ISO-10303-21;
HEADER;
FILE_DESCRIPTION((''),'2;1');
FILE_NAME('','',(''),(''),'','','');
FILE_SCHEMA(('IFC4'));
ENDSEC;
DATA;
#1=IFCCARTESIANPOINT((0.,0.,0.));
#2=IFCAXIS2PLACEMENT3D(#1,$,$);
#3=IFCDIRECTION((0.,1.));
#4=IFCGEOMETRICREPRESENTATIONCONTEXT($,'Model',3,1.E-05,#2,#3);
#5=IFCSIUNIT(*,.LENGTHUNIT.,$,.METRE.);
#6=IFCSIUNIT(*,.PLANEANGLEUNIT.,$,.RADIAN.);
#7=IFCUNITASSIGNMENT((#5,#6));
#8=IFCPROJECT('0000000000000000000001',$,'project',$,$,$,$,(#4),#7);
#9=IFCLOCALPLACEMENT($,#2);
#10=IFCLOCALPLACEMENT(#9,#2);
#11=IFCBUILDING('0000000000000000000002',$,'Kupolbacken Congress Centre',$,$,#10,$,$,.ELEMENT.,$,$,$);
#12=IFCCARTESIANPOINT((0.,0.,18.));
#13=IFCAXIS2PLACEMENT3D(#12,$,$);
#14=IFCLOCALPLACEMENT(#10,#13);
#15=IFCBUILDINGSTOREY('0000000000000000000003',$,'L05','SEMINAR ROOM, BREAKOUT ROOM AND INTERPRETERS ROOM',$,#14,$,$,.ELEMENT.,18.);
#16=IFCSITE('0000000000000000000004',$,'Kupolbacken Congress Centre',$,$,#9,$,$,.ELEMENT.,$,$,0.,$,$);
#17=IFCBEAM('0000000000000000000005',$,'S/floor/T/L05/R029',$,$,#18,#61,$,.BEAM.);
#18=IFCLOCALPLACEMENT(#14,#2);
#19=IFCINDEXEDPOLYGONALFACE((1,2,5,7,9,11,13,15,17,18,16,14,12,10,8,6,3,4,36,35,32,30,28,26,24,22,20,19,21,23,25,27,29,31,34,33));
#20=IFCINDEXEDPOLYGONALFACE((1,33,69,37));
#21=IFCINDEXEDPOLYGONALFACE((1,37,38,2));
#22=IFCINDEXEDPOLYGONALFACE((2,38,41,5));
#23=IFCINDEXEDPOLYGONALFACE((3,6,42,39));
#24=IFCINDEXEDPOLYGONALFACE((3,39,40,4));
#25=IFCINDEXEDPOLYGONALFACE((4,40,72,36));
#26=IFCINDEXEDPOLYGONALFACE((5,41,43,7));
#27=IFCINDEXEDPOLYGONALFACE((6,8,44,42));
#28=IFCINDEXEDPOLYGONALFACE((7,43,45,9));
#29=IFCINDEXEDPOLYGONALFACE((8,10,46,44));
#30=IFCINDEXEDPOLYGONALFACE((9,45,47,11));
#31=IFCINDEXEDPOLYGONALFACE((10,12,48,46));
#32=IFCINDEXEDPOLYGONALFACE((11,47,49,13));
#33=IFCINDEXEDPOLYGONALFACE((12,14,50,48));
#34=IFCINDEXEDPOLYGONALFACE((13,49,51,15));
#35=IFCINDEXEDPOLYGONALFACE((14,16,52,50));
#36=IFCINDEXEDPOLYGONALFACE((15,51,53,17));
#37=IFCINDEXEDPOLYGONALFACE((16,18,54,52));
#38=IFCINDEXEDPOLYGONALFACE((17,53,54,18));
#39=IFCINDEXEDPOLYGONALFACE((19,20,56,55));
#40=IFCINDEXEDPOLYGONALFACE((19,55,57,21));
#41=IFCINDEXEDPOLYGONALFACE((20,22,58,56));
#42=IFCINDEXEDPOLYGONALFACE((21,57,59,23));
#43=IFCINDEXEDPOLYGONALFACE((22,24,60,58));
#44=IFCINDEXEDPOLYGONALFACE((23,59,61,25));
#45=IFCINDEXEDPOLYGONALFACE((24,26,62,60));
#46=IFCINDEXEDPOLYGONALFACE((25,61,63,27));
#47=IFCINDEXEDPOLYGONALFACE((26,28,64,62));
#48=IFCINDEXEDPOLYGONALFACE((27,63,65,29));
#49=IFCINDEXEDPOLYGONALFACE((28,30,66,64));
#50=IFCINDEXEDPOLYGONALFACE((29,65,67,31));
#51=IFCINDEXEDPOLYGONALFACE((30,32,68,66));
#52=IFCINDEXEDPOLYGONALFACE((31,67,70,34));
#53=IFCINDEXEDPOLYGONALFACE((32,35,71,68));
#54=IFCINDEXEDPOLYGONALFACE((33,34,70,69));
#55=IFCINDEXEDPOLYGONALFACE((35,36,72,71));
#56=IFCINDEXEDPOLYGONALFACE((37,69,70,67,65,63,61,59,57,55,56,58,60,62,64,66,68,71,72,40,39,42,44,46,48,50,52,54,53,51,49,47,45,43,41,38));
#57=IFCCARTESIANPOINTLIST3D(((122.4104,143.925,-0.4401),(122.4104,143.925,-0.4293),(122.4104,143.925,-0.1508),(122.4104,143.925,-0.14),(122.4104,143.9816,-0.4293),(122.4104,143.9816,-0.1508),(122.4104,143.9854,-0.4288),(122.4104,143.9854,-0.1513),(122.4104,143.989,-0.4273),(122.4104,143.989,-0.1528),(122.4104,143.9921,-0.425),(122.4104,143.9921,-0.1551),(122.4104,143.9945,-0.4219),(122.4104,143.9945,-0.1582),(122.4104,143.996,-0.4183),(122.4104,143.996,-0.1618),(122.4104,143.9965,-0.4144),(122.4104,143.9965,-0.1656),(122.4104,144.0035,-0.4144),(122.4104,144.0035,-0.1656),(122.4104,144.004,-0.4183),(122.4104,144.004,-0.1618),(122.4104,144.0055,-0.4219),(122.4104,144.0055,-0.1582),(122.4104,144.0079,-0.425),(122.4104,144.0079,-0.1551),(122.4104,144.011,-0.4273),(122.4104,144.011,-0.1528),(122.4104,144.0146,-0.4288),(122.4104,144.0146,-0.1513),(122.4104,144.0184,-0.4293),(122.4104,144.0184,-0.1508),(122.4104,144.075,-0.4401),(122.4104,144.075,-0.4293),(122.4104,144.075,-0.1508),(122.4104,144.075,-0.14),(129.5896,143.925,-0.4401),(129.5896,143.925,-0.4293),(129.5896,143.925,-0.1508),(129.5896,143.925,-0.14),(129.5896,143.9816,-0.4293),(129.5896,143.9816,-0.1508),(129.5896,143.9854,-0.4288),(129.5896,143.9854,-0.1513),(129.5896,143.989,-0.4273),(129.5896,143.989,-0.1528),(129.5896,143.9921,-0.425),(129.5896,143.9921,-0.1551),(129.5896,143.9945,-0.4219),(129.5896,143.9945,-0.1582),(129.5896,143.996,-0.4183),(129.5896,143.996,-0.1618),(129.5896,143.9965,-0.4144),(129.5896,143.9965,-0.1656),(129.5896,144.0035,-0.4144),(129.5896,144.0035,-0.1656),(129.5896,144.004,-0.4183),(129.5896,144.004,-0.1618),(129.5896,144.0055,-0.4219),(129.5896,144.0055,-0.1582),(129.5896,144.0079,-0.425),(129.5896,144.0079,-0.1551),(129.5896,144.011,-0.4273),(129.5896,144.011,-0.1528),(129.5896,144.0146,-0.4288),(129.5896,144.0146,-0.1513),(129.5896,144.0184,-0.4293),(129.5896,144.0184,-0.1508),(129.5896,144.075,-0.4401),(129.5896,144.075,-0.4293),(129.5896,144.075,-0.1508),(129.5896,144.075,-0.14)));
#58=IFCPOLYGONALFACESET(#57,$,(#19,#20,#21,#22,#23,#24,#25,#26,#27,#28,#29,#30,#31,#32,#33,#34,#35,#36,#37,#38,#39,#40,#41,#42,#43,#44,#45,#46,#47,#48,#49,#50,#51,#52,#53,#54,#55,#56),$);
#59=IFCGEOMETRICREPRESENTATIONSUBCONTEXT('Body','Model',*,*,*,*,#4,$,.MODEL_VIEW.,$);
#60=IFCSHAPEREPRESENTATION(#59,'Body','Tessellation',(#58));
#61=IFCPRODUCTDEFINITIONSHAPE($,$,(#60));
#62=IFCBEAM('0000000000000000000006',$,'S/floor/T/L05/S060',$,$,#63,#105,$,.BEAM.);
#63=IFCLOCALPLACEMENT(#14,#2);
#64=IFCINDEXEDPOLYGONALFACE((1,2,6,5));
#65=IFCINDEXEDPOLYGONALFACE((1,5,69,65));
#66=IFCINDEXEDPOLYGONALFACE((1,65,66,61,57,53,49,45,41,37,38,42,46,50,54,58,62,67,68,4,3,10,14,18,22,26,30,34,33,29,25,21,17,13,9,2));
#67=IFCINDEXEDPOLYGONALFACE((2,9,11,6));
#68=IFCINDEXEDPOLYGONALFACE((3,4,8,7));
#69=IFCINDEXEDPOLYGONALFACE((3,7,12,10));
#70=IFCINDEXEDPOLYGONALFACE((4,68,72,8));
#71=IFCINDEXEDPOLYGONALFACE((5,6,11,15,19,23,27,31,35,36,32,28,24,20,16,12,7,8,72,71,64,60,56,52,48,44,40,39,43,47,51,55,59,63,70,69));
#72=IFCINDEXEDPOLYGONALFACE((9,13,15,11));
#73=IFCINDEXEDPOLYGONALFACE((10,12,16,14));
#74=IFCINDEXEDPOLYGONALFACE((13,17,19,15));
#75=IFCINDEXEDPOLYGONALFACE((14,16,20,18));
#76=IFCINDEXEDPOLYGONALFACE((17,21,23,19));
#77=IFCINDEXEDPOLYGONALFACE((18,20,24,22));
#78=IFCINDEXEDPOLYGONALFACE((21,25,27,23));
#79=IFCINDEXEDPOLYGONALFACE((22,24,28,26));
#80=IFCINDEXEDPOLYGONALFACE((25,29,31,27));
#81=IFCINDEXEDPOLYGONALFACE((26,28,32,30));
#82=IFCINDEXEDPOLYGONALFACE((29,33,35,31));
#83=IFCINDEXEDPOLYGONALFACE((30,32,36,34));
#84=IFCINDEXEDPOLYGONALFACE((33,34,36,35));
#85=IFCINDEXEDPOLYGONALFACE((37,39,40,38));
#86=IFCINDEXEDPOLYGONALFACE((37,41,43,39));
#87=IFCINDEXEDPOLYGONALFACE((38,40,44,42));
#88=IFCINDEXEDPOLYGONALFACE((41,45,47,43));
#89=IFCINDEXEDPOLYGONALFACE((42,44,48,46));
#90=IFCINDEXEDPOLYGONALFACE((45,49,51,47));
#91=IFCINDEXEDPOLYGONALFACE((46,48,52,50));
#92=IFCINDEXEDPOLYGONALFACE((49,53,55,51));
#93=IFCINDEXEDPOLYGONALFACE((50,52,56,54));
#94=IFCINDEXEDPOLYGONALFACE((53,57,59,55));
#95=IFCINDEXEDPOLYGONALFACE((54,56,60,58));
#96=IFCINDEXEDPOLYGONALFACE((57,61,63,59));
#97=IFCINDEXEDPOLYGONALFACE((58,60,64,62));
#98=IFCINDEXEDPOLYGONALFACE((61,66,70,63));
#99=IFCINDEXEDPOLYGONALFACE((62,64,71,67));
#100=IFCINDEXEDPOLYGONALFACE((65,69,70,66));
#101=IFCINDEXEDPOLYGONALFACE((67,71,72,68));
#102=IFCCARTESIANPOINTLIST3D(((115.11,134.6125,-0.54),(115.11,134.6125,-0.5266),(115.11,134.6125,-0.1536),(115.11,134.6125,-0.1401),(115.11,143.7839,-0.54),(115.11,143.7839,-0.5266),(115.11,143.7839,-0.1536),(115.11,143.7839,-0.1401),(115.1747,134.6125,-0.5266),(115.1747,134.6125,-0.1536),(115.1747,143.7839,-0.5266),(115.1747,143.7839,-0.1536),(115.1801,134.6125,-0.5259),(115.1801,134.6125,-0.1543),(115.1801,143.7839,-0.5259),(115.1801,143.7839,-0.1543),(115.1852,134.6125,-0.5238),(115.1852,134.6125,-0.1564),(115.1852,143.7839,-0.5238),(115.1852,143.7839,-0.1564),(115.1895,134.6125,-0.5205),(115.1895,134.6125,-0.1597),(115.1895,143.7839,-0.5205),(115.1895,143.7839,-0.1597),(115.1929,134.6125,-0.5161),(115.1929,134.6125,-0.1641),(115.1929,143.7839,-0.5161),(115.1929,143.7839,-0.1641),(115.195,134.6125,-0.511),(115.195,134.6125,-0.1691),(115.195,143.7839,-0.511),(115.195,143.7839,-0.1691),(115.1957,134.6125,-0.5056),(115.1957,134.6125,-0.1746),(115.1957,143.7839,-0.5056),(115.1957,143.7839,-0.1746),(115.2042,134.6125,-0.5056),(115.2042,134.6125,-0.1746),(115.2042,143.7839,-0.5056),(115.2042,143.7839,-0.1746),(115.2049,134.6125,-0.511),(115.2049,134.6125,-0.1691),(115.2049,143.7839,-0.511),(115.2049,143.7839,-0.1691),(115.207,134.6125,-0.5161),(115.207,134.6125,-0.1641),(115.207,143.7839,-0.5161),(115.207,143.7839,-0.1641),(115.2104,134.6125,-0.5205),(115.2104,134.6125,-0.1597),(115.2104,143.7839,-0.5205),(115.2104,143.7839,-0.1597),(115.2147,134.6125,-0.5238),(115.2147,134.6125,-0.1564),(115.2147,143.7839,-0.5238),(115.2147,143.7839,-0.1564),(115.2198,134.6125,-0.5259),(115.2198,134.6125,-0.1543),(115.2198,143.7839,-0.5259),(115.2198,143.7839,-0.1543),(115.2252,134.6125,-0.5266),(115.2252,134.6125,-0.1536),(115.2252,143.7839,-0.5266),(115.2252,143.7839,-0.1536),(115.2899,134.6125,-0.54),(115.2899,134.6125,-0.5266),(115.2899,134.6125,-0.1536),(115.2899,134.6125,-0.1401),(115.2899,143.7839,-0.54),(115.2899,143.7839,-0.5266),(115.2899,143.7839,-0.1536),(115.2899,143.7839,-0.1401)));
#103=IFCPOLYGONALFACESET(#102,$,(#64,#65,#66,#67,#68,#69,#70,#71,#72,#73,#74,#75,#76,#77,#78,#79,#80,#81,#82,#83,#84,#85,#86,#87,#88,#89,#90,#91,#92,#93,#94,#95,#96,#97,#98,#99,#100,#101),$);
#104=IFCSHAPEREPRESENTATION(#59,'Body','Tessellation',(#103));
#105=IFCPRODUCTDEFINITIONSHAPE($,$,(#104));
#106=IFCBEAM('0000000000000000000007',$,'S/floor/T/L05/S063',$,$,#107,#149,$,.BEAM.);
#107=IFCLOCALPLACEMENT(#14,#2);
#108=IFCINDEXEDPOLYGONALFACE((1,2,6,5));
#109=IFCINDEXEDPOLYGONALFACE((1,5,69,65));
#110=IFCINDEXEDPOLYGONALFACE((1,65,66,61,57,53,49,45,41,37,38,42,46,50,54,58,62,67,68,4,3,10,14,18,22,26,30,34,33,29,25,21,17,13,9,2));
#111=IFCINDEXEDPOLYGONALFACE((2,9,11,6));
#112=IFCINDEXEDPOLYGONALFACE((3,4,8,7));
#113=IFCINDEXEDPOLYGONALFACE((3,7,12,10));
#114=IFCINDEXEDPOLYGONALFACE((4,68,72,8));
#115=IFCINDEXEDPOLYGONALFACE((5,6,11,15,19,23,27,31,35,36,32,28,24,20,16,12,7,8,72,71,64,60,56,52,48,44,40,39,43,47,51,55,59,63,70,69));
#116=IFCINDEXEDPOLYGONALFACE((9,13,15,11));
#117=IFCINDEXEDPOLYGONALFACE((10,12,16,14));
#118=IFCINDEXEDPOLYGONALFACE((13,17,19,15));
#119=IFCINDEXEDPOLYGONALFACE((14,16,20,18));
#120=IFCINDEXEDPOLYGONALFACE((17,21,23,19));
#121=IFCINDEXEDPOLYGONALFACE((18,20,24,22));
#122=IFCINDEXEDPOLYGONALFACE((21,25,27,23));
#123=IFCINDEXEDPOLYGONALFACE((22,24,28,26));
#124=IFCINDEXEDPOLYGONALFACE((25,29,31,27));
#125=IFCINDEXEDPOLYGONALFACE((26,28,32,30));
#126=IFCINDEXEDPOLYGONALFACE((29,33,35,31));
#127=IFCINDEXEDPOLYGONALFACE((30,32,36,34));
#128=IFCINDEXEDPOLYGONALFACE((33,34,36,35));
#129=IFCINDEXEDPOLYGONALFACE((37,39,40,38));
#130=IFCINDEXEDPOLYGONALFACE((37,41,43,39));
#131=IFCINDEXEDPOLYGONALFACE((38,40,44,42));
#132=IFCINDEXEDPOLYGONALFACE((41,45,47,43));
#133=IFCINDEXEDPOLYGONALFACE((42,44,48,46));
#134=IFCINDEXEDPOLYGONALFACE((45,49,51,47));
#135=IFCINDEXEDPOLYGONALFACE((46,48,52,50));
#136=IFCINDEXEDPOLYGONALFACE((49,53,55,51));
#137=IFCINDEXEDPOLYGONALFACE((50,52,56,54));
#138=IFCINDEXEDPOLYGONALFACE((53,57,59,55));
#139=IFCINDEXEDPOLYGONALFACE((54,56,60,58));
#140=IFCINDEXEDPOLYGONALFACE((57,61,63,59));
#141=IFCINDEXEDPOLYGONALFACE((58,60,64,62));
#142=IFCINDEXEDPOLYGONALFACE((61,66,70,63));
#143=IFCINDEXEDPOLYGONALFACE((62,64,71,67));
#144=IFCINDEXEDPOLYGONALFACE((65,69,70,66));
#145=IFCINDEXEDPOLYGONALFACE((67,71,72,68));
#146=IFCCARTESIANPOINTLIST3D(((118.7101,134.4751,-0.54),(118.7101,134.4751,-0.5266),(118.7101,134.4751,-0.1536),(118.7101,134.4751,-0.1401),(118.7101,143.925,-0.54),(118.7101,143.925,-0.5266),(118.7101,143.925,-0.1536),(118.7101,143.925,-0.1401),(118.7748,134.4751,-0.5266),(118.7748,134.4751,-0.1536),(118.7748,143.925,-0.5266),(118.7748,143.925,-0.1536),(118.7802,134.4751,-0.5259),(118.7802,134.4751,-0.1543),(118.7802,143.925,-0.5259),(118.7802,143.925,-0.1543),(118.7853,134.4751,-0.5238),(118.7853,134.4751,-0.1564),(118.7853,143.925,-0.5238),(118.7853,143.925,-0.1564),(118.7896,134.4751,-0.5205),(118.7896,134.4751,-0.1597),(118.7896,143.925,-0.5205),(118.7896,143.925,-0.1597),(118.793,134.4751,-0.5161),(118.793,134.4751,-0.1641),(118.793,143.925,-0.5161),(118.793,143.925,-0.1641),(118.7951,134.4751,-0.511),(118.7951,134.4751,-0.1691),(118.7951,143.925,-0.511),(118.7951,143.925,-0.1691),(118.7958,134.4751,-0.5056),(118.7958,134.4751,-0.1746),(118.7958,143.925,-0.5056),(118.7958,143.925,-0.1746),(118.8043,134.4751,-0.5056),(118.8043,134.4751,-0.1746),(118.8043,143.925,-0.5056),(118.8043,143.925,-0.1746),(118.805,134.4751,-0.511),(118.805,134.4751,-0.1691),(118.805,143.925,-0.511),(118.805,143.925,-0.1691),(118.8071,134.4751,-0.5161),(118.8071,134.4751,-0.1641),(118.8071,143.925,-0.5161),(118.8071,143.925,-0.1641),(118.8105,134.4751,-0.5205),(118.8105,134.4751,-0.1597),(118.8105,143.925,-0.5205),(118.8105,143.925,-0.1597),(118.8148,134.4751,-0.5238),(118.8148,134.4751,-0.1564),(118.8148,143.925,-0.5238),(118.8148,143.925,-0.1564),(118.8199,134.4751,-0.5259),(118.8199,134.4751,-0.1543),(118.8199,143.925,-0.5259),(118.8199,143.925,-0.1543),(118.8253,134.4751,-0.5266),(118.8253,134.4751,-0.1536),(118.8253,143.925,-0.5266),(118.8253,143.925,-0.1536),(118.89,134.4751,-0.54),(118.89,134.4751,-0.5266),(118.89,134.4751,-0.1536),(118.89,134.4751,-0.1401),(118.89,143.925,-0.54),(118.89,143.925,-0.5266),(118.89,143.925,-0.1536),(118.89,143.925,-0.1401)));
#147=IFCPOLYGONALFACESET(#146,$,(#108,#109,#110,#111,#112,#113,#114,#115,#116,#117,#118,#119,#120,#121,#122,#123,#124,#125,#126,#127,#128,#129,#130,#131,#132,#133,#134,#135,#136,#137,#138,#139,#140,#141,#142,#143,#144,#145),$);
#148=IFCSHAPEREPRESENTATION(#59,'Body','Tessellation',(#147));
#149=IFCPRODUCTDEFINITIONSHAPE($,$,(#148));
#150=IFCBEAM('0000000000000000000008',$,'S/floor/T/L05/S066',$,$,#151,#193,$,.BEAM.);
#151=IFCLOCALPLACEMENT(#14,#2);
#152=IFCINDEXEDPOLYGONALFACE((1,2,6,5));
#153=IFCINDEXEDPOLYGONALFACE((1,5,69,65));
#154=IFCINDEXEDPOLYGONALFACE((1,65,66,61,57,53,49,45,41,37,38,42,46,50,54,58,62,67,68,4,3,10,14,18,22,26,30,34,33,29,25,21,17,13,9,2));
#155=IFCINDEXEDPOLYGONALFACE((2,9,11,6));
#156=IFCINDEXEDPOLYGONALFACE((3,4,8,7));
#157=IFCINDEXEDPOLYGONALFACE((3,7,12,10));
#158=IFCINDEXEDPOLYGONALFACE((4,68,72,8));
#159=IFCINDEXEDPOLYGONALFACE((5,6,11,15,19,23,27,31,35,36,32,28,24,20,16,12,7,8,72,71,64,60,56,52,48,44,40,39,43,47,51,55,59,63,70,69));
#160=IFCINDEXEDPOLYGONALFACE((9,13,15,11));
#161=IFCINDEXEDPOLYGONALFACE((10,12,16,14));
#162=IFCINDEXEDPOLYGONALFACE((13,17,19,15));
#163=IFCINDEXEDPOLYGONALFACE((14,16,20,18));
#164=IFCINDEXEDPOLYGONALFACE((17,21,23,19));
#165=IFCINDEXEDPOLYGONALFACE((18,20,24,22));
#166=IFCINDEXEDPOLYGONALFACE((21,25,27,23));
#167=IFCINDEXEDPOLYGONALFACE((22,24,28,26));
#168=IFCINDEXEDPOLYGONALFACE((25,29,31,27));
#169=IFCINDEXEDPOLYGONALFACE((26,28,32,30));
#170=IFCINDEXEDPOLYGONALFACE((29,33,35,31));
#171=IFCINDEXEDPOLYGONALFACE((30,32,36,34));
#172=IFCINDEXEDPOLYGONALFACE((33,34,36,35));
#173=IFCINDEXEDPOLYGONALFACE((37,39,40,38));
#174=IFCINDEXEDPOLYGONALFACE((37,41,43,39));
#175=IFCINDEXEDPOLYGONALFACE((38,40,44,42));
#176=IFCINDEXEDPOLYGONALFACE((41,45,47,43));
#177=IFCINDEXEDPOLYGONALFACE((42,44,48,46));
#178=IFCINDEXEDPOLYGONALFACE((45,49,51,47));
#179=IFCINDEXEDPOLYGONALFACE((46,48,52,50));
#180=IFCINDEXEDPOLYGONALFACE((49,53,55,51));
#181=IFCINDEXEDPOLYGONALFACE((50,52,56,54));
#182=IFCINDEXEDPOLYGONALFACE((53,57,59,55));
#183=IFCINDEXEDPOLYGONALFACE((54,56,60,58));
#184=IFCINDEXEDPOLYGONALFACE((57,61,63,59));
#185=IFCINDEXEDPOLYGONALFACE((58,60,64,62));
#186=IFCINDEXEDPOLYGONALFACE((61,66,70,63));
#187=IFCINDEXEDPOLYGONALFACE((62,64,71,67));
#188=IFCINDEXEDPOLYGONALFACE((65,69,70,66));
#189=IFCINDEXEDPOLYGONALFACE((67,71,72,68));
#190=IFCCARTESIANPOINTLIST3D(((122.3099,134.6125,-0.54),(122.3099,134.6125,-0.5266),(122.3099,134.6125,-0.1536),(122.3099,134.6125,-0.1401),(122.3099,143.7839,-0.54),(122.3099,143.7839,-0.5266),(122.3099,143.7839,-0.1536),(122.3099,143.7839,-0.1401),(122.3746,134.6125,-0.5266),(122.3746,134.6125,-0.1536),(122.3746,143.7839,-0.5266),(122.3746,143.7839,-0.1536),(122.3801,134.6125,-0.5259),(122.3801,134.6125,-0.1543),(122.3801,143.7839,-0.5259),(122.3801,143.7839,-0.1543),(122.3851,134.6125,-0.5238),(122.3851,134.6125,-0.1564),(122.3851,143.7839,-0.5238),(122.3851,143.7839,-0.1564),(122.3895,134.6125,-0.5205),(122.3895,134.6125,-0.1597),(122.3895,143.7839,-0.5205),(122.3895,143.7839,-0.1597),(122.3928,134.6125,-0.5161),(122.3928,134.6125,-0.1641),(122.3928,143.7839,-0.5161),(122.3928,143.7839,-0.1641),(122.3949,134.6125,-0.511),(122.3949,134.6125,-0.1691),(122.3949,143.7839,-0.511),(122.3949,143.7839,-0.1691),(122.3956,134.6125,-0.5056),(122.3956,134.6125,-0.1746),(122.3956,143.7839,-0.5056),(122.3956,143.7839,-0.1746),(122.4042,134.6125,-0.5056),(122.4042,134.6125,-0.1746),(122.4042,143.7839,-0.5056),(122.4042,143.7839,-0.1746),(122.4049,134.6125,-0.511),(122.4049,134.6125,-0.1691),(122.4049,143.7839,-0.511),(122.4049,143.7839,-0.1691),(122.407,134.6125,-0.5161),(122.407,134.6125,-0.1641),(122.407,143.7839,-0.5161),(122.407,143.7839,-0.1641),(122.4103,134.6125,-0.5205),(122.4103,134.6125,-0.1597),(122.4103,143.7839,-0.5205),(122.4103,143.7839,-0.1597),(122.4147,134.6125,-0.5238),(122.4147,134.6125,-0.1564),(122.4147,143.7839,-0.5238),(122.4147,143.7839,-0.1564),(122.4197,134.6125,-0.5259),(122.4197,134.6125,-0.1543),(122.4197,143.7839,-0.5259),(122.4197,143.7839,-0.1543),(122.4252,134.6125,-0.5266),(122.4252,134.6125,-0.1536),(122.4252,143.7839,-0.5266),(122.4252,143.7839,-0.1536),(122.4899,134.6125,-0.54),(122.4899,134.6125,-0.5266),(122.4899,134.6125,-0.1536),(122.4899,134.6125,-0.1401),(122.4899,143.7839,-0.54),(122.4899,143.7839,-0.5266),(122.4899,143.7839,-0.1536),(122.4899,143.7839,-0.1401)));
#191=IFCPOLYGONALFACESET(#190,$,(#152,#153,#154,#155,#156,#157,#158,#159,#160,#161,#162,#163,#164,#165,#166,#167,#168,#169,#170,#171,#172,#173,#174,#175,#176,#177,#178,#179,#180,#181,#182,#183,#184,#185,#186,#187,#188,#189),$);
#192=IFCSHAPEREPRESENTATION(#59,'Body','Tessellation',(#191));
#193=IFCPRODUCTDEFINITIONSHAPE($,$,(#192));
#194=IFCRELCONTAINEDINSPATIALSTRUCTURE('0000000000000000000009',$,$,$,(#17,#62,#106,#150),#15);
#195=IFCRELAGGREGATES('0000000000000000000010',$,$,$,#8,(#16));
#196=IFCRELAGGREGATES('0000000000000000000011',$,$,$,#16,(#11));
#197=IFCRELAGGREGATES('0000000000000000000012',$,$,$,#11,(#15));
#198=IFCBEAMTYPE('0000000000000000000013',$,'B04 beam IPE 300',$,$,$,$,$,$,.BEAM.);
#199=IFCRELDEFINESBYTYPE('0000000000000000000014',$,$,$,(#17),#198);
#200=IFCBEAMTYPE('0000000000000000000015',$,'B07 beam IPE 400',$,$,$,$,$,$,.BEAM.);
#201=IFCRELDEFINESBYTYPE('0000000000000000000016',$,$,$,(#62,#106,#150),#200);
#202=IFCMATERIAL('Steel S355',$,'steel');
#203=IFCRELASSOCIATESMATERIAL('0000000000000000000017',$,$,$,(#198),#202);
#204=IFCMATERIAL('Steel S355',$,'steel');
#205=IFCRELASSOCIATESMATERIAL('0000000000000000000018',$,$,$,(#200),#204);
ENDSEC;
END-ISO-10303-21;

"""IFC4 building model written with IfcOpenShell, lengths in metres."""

from ifc_helpers import new_model, si_unit, direction, frame, origin, origin_2d, place, context, subcontext, project, spatial, i_section, extrude, material, material_profile, profile_set, type_object, element, save


model = new_model("IFC4")

# Units and contexts
model_context = context("Model", 3, precision=1e-05, world=origin(), true_north=direction((0.0, 1.0)))
body_context = subcontext(model_context, "Body", "Model", "MODEL_VIEW")
ifc_project = project(units=[si_unit("LENGTHUNIT", "METRE"), si_unit("PLANEANGLEUNIT", "RADIAN")], contexts=[model_context])

# Site, building, storey
site_placement = place(None, origin())
site = spatial("IfcSite", under=ifc_project, at=site_placement, Name="Kupolbacken Congress Centre", CompositionType="ELEMENT", RefElevation=0.0)
building_placement = place(site_placement, origin())
building = spatial("IfcBuilding", under=site, at=building_placement, Name="Kupolbacken Congress Centre", CompositionType="ELEMENT")
storey_placement = place(building_placement, frame((0.0, 0.0, 18.0)))
storey = spatial("IfcBuildingStorey", under=building, at=storey_placement, Name="L05", Description="SEMINAR ROOM, BREAKOUT ROOM AND INTERPRETERS ROOM", CompositionType="ELEMENT", Elevation=18.0)

# Beams
ifc_material_1 = material(Name="Steel S355", Category="steel")
ifc_material_profile_1 = material_profile(ifc_material_1, i_section(OverallWidth=0.1499, OverallDepth=0.3, WebThickness=0.0071, FlangeThickness=0.0107, FilletRadius=0.0149, at=origin_2d()), Name="IPE 300")
ifc_profile_set_1 = profile_set([ifc_material_profile_1], Name="Steel S355")
beam_type_1 = type_object("IfcBeamType", Name="B04 beam IPE 300", PredefinedType="BEAM", material=ifc_profile_set_1)
beam_1_placement = place(storey_placement, frame((122.4104, 144.0, -0.29), z_axis=(1.0, 0.0, 0.0), x_axis=(0.0, 1.0, 0.0)))
element("IfcBeam", 1, at=beam_1_placement, inside=storey, type_object=beam_type_1, Name="S/floor/T/L05/R029", PredefinedType="BEAM", context=body_context, shape_type="SweptSolid", body=[
    extrude(i_section(OverallWidth=0.1499, OverallDepth=0.3, WebThickness=0.0071, FlangeThickness=0.0107, FilletRadius=0.0149, at=origin_2d()), origin(), (0.0, 0.0, 1.0), 7.1792),
])
ifc_material_2 = material(Name="Steel S355", Category="steel")
ifc_material_profile_2 = material_profile(ifc_material_2, i_section(OverallWidth=0.1799, OverallDepth=0.3999, WebThickness=0.0085, FlangeThickness=0.0134, FilletRadius=0.021, at=origin_2d()), Name="IPE 400")
ifc_profile_set_2 = profile_set([ifc_material_profile_2], Name="Steel S355")
beam_type_2 = type_object("IfcBeamType", Name="B07 beam IPE 400", PredefinedType="BEAM", material=ifc_profile_set_2)
beam_2_placement = place(storey_placement, frame((115.2, 134.6125, -0.3401), z_axis=(0.0, 1.0, 0.0), x_axis=(-1.0, 0.0, 0.0)))
element("IfcBeam", 2, at=beam_2_placement, inside=storey, type_object=beam_type_2, Name="S/floor/T/L05/S060", PredefinedType="BEAM", context=body_context, shape_type="SweptSolid", body=[
    extrude(i_section(OverallWidth=0.1799, OverallDepth=0.3999, WebThickness=0.0085, FlangeThickness=0.0134, FilletRadius=0.021, at=origin_2d()), origin(), (0.0, 0.0, 1.0), 9.1714),
])
beam_3_placement = place(storey_placement, frame((118.8, 134.4751, -0.3401), z_axis=(0.0, 1.0, 0.0), x_axis=(-1.0, 0.0, 0.0)))
element("IfcBeam", 3, at=beam_3_placement, inside=storey, type_object=beam_type_2, Name="S/floor/T/L05/S063", PredefinedType="BEAM", context=body_context, shape_type="SweptSolid", body=[
    extrude(i_section(OverallWidth=0.1799, OverallDepth=0.3999, WebThickness=0.0085, FlangeThickness=0.0134, FilletRadius=0.021, at=origin_2d()), origin(), (0.0, 0.0, 1.0), 9.45),
])
beam_4_placement = place(storey_placement, frame((122.3999, 134.6125, -0.3401), z_axis=(0.0, 1.0, 0.0), x_axis=(-1.0, 0.0, 0.0)))
element("IfcBeam", 4, at=beam_4_placement, inside=storey, type_object=beam_type_2, Name="S/floor/T/L05/S066", PredefinedType="BEAM", context=body_context, shape_type="SweptSolid", body=[
    extrude(i_section(OverallWidth=0.1799, OverallDepth=0.3999, WebThickness=0.0085, FlangeThickness=0.0134, FilletRadius=0.021, at=origin_2d()), origin(), (0.0, 0.0, 1.0), 9.1714),
])

save(model, "model.ifc")
